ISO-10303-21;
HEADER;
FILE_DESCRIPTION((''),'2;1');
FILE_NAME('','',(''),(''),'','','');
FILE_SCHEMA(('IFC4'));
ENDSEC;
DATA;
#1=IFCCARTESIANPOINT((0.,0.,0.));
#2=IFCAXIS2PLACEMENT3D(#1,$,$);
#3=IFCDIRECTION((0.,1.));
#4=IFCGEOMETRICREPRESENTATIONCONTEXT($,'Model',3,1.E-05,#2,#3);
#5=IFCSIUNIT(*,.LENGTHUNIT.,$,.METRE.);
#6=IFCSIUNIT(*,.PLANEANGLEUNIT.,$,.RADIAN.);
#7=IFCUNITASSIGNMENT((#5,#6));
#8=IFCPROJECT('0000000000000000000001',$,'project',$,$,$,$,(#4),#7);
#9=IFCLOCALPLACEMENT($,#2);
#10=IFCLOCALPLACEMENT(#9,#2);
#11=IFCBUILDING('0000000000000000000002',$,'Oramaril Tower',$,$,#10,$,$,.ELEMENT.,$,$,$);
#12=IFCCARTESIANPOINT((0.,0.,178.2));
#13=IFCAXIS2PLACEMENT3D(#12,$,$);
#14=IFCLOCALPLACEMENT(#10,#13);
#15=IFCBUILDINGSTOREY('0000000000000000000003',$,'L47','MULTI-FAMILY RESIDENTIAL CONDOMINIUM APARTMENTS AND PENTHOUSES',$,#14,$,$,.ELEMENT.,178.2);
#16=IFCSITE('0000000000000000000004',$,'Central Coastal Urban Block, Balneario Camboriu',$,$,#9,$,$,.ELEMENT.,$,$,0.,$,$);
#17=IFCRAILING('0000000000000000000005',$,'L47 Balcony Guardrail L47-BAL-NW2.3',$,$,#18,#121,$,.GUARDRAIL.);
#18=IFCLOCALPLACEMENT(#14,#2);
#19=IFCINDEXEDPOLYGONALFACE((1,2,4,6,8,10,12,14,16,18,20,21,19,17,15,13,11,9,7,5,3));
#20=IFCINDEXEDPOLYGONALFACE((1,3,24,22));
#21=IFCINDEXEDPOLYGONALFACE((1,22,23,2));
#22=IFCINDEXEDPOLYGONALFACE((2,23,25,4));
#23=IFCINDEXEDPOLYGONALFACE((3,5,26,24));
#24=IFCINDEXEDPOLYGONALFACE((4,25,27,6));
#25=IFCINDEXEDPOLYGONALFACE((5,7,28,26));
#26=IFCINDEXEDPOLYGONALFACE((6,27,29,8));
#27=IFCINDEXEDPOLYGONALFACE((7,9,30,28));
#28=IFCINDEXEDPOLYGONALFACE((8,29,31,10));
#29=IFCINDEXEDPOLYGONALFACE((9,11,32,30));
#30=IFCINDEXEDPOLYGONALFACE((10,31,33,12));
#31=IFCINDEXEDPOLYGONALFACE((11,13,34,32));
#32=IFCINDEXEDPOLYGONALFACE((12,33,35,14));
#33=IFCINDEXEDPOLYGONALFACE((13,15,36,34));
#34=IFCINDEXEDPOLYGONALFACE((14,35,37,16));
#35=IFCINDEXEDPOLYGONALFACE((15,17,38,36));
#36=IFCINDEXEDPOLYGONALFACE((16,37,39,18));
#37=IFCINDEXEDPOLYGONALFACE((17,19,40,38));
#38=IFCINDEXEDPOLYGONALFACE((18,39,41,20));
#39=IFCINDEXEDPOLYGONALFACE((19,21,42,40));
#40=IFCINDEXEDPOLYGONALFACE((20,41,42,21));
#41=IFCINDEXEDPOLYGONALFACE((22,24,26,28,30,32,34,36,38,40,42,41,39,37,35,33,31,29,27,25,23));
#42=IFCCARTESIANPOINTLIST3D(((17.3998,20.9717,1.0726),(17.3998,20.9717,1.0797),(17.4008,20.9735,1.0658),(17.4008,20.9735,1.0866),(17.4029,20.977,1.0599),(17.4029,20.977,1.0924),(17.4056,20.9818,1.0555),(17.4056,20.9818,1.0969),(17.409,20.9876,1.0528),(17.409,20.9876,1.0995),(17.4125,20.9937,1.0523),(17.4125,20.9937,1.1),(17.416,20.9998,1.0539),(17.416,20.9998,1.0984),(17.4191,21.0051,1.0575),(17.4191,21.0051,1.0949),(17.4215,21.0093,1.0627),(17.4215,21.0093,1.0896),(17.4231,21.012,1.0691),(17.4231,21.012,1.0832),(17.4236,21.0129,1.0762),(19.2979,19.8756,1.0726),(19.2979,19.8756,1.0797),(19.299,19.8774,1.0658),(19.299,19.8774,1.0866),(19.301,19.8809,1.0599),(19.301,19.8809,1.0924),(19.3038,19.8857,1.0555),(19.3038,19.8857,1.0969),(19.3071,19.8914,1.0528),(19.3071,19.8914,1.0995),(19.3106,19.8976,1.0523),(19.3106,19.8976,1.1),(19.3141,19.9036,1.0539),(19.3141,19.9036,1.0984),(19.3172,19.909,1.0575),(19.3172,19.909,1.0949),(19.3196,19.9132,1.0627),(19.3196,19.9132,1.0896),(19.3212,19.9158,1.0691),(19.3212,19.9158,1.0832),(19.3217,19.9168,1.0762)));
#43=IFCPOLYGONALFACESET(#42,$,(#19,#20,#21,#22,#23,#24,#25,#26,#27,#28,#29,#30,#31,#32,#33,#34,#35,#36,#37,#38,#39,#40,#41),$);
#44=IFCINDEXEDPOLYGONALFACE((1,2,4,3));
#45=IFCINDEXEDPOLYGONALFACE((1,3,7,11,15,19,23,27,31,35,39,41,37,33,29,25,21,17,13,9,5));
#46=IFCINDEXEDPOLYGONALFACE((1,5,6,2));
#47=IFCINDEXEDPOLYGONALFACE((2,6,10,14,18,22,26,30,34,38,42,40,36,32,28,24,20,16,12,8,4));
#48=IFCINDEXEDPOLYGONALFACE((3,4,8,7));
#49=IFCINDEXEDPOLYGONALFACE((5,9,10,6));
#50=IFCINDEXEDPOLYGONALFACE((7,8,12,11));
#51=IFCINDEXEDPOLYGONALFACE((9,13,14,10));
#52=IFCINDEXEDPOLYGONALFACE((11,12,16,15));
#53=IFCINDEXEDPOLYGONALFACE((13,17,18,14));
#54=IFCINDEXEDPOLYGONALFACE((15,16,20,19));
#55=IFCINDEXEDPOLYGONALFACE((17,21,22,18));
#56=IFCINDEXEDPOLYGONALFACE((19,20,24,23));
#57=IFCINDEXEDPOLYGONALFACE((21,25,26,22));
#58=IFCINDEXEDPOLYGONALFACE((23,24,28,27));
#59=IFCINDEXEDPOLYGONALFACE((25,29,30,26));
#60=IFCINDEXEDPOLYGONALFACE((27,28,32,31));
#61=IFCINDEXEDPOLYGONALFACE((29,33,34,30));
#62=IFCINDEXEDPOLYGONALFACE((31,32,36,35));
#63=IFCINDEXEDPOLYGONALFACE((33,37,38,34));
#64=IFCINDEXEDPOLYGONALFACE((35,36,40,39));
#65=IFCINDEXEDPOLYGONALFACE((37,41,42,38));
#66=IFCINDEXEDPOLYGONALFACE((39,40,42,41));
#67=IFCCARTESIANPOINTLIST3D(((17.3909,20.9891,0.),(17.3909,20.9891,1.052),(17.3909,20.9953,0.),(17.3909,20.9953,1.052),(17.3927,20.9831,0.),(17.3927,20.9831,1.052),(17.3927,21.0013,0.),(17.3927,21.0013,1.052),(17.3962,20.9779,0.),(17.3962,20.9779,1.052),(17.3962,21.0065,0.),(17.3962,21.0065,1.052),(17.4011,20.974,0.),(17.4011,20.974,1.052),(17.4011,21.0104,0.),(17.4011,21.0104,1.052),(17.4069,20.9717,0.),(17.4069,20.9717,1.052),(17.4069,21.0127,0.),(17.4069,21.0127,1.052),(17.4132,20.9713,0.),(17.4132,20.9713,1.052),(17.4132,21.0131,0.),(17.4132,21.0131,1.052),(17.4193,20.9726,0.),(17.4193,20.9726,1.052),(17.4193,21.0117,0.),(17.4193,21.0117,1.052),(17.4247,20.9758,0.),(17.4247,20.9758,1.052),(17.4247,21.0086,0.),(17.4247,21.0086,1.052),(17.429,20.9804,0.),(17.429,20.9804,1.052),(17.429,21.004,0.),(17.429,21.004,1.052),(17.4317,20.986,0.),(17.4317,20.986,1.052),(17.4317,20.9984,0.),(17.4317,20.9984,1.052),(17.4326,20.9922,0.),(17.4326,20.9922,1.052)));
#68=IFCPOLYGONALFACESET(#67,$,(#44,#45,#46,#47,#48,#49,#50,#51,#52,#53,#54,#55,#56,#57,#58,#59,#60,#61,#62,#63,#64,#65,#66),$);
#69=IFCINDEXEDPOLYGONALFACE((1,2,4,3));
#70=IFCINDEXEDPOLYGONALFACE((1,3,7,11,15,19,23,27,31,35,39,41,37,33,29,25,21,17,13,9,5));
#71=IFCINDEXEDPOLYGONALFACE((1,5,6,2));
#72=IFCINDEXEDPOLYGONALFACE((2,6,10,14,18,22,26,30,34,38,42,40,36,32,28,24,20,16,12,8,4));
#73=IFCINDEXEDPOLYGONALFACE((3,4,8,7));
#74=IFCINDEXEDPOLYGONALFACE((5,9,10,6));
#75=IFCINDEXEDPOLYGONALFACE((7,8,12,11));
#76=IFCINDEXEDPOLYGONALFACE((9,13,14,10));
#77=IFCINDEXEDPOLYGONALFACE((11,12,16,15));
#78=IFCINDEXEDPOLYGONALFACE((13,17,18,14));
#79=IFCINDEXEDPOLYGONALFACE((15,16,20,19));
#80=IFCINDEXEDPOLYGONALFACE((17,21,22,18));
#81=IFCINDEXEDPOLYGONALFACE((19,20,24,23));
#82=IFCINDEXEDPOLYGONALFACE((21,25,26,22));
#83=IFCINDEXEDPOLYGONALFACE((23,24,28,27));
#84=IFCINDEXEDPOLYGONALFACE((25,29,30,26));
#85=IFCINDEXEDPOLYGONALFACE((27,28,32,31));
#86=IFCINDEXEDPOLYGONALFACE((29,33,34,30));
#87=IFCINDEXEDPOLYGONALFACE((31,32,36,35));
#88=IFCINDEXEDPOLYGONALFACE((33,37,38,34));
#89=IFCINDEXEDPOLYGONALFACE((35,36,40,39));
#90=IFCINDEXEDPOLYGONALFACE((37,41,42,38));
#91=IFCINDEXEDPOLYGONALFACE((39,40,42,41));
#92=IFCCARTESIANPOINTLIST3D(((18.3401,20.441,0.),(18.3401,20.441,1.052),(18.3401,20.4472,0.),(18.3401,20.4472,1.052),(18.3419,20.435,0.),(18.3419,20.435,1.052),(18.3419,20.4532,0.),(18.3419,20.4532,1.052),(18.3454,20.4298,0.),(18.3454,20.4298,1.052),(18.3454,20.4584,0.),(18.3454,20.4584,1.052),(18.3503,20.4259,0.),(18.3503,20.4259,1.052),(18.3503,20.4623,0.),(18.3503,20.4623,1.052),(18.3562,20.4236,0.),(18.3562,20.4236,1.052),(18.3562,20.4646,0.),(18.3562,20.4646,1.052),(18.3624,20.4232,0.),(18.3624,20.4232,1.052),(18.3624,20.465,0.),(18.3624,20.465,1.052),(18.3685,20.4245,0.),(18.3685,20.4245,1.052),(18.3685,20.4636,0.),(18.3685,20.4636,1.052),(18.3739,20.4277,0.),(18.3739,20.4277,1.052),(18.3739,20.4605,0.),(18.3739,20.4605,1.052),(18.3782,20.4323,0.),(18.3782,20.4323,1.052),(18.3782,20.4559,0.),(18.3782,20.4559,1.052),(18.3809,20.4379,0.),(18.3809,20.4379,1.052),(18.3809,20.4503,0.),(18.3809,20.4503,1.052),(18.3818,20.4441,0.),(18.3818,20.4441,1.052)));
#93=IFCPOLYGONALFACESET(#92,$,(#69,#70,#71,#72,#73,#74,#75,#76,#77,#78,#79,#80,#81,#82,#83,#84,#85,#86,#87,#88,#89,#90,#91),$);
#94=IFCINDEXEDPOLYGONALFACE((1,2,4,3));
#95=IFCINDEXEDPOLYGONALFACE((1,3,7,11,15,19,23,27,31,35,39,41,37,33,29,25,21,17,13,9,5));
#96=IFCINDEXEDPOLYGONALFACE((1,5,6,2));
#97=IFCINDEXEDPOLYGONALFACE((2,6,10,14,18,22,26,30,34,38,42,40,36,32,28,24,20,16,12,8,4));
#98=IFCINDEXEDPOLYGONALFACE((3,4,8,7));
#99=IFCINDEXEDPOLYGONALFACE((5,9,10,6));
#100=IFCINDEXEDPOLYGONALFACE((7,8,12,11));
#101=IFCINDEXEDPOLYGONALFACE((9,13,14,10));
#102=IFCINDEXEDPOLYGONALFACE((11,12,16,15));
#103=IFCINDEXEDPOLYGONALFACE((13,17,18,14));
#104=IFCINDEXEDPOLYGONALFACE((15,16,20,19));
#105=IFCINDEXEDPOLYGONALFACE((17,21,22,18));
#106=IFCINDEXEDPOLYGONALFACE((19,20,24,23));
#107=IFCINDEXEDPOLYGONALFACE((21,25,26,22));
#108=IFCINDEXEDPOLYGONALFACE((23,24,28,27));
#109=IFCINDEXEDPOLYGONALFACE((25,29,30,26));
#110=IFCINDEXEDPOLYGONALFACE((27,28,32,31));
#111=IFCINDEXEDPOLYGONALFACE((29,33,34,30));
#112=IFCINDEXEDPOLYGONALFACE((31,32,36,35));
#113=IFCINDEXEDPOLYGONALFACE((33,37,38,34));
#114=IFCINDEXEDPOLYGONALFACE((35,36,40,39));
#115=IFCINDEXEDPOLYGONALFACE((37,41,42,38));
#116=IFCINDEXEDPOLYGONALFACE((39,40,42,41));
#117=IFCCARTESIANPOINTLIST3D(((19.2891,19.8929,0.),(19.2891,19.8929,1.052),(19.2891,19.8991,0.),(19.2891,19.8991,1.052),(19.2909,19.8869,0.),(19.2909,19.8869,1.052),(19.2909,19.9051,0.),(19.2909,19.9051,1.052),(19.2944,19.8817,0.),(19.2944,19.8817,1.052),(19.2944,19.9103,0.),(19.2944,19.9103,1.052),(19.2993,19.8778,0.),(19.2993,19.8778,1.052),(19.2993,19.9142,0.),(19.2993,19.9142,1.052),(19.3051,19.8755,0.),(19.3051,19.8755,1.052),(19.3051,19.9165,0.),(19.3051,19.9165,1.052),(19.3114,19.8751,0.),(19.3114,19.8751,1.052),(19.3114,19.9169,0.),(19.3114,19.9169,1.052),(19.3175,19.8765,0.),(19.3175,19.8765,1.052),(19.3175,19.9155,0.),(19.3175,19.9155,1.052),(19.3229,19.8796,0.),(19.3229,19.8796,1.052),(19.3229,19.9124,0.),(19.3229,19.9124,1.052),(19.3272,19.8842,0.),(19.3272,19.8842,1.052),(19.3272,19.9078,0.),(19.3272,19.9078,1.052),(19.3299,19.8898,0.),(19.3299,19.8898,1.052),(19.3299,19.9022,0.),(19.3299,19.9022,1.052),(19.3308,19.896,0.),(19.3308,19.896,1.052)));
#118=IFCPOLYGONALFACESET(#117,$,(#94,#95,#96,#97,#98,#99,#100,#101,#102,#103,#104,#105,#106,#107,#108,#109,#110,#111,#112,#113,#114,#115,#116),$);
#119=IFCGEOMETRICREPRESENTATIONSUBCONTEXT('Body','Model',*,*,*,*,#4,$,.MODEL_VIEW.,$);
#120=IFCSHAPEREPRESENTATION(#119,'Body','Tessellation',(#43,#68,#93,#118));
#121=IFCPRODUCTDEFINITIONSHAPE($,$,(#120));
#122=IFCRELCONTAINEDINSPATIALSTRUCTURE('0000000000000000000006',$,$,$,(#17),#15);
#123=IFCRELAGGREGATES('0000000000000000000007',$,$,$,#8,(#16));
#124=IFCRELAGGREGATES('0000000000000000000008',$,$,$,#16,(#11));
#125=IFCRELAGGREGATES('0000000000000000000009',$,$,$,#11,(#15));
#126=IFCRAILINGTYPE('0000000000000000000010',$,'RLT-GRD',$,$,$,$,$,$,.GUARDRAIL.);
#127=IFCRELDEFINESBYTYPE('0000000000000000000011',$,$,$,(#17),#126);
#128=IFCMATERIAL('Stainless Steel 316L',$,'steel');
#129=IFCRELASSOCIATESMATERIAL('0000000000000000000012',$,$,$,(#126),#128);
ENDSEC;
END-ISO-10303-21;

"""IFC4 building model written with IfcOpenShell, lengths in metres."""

from ifc_helpers import new_model, si_unit, direction, frame, origin, origin_2d, place, context, subcontext, project, spatial, circle, extrude, material, type_object, element, save


model = new_model("IFC4")

# Units and contexts
model_context = context("Model", 3, precision=1e-05, world=origin(), true_north=direction((0.0, 1.0)))
body_context = subcontext(model_context, "Body", "Model", "MODEL_VIEW")
ifc_project = project(units=[si_unit("LENGTHUNIT", "METRE"), si_unit("PLANEANGLEUNIT", "RADIAN")], contexts=[model_context])

# Site, building, storey
site_placement = place(None, origin())
site = spatial("IfcSite", under=ifc_project, at=site_placement, Name="Central Coastal Urban Block, Balneario Camboriu", CompositionType="ELEMENT", RefElevation=0.0)
building_placement = place(site_placement, origin())
building = spatial("IfcBuilding", under=site, at=building_placement, Name="Oramaril Tower", CompositionType="ELEMENT")
storey_placement = place(building_placement, frame((0.0, 0.0, 178.2)))
storey = spatial("IfcBuildingStorey", under=building, at=storey_placement, Name="L47", Description="MULTI-FAMILY RESIDENTIAL CONDOMINIUM APARTMENTS AND PENTHOUSES", CompositionType="ELEMENT", Elevation=178.2)

# Railing
ifc_material_1 = material(Name="Stainless Steel 316L", Category="steel")
railing_type_1 = type_object("IfcRailingType", Name="RLT-GRD", PredefinedType="GUARDRAIL", material=ifc_material_1)
railing_1_placement = place(storey_placement, frame((17.4116, 20.9922, 0.0)))
element("IfcRailing", 1, at=railing_1_placement, inside=storey, type_object=railing_type_1, Name="L47 Balcony Guardrail L47-BAL-NW2.3", PredefinedType="GUARDRAIL", context=body_context, shape_type="SweptSolid", body=[
    extrude(circle(Radius=0.0239, at=origin_2d()), frame((0.0, 0.0, 1.0762), z_axis=(0.865972, -0.500092, 0.0), x_axis=(0.500092, 0.865972, 0.0)), (0.0, 0.0, 1.0), 2.1919),
    extrude(circle(Radius=0.021, at=origin_2d()), origin(), (0.0, 0.0, 1.0), 1.052),
    extrude(circle(Radius=0.021, at=origin_2d()), frame((0.9492, -0.5481, 0.0)), (0.0, 0.0, 1.0), 1.052),
    extrude(circle(Radius=0.021, at=origin_2d()), frame((1.8982, -1.0962, 0.0)), (0.0, 0.0, 1.0), 1.052),
])

save(model, "model.ifc")
